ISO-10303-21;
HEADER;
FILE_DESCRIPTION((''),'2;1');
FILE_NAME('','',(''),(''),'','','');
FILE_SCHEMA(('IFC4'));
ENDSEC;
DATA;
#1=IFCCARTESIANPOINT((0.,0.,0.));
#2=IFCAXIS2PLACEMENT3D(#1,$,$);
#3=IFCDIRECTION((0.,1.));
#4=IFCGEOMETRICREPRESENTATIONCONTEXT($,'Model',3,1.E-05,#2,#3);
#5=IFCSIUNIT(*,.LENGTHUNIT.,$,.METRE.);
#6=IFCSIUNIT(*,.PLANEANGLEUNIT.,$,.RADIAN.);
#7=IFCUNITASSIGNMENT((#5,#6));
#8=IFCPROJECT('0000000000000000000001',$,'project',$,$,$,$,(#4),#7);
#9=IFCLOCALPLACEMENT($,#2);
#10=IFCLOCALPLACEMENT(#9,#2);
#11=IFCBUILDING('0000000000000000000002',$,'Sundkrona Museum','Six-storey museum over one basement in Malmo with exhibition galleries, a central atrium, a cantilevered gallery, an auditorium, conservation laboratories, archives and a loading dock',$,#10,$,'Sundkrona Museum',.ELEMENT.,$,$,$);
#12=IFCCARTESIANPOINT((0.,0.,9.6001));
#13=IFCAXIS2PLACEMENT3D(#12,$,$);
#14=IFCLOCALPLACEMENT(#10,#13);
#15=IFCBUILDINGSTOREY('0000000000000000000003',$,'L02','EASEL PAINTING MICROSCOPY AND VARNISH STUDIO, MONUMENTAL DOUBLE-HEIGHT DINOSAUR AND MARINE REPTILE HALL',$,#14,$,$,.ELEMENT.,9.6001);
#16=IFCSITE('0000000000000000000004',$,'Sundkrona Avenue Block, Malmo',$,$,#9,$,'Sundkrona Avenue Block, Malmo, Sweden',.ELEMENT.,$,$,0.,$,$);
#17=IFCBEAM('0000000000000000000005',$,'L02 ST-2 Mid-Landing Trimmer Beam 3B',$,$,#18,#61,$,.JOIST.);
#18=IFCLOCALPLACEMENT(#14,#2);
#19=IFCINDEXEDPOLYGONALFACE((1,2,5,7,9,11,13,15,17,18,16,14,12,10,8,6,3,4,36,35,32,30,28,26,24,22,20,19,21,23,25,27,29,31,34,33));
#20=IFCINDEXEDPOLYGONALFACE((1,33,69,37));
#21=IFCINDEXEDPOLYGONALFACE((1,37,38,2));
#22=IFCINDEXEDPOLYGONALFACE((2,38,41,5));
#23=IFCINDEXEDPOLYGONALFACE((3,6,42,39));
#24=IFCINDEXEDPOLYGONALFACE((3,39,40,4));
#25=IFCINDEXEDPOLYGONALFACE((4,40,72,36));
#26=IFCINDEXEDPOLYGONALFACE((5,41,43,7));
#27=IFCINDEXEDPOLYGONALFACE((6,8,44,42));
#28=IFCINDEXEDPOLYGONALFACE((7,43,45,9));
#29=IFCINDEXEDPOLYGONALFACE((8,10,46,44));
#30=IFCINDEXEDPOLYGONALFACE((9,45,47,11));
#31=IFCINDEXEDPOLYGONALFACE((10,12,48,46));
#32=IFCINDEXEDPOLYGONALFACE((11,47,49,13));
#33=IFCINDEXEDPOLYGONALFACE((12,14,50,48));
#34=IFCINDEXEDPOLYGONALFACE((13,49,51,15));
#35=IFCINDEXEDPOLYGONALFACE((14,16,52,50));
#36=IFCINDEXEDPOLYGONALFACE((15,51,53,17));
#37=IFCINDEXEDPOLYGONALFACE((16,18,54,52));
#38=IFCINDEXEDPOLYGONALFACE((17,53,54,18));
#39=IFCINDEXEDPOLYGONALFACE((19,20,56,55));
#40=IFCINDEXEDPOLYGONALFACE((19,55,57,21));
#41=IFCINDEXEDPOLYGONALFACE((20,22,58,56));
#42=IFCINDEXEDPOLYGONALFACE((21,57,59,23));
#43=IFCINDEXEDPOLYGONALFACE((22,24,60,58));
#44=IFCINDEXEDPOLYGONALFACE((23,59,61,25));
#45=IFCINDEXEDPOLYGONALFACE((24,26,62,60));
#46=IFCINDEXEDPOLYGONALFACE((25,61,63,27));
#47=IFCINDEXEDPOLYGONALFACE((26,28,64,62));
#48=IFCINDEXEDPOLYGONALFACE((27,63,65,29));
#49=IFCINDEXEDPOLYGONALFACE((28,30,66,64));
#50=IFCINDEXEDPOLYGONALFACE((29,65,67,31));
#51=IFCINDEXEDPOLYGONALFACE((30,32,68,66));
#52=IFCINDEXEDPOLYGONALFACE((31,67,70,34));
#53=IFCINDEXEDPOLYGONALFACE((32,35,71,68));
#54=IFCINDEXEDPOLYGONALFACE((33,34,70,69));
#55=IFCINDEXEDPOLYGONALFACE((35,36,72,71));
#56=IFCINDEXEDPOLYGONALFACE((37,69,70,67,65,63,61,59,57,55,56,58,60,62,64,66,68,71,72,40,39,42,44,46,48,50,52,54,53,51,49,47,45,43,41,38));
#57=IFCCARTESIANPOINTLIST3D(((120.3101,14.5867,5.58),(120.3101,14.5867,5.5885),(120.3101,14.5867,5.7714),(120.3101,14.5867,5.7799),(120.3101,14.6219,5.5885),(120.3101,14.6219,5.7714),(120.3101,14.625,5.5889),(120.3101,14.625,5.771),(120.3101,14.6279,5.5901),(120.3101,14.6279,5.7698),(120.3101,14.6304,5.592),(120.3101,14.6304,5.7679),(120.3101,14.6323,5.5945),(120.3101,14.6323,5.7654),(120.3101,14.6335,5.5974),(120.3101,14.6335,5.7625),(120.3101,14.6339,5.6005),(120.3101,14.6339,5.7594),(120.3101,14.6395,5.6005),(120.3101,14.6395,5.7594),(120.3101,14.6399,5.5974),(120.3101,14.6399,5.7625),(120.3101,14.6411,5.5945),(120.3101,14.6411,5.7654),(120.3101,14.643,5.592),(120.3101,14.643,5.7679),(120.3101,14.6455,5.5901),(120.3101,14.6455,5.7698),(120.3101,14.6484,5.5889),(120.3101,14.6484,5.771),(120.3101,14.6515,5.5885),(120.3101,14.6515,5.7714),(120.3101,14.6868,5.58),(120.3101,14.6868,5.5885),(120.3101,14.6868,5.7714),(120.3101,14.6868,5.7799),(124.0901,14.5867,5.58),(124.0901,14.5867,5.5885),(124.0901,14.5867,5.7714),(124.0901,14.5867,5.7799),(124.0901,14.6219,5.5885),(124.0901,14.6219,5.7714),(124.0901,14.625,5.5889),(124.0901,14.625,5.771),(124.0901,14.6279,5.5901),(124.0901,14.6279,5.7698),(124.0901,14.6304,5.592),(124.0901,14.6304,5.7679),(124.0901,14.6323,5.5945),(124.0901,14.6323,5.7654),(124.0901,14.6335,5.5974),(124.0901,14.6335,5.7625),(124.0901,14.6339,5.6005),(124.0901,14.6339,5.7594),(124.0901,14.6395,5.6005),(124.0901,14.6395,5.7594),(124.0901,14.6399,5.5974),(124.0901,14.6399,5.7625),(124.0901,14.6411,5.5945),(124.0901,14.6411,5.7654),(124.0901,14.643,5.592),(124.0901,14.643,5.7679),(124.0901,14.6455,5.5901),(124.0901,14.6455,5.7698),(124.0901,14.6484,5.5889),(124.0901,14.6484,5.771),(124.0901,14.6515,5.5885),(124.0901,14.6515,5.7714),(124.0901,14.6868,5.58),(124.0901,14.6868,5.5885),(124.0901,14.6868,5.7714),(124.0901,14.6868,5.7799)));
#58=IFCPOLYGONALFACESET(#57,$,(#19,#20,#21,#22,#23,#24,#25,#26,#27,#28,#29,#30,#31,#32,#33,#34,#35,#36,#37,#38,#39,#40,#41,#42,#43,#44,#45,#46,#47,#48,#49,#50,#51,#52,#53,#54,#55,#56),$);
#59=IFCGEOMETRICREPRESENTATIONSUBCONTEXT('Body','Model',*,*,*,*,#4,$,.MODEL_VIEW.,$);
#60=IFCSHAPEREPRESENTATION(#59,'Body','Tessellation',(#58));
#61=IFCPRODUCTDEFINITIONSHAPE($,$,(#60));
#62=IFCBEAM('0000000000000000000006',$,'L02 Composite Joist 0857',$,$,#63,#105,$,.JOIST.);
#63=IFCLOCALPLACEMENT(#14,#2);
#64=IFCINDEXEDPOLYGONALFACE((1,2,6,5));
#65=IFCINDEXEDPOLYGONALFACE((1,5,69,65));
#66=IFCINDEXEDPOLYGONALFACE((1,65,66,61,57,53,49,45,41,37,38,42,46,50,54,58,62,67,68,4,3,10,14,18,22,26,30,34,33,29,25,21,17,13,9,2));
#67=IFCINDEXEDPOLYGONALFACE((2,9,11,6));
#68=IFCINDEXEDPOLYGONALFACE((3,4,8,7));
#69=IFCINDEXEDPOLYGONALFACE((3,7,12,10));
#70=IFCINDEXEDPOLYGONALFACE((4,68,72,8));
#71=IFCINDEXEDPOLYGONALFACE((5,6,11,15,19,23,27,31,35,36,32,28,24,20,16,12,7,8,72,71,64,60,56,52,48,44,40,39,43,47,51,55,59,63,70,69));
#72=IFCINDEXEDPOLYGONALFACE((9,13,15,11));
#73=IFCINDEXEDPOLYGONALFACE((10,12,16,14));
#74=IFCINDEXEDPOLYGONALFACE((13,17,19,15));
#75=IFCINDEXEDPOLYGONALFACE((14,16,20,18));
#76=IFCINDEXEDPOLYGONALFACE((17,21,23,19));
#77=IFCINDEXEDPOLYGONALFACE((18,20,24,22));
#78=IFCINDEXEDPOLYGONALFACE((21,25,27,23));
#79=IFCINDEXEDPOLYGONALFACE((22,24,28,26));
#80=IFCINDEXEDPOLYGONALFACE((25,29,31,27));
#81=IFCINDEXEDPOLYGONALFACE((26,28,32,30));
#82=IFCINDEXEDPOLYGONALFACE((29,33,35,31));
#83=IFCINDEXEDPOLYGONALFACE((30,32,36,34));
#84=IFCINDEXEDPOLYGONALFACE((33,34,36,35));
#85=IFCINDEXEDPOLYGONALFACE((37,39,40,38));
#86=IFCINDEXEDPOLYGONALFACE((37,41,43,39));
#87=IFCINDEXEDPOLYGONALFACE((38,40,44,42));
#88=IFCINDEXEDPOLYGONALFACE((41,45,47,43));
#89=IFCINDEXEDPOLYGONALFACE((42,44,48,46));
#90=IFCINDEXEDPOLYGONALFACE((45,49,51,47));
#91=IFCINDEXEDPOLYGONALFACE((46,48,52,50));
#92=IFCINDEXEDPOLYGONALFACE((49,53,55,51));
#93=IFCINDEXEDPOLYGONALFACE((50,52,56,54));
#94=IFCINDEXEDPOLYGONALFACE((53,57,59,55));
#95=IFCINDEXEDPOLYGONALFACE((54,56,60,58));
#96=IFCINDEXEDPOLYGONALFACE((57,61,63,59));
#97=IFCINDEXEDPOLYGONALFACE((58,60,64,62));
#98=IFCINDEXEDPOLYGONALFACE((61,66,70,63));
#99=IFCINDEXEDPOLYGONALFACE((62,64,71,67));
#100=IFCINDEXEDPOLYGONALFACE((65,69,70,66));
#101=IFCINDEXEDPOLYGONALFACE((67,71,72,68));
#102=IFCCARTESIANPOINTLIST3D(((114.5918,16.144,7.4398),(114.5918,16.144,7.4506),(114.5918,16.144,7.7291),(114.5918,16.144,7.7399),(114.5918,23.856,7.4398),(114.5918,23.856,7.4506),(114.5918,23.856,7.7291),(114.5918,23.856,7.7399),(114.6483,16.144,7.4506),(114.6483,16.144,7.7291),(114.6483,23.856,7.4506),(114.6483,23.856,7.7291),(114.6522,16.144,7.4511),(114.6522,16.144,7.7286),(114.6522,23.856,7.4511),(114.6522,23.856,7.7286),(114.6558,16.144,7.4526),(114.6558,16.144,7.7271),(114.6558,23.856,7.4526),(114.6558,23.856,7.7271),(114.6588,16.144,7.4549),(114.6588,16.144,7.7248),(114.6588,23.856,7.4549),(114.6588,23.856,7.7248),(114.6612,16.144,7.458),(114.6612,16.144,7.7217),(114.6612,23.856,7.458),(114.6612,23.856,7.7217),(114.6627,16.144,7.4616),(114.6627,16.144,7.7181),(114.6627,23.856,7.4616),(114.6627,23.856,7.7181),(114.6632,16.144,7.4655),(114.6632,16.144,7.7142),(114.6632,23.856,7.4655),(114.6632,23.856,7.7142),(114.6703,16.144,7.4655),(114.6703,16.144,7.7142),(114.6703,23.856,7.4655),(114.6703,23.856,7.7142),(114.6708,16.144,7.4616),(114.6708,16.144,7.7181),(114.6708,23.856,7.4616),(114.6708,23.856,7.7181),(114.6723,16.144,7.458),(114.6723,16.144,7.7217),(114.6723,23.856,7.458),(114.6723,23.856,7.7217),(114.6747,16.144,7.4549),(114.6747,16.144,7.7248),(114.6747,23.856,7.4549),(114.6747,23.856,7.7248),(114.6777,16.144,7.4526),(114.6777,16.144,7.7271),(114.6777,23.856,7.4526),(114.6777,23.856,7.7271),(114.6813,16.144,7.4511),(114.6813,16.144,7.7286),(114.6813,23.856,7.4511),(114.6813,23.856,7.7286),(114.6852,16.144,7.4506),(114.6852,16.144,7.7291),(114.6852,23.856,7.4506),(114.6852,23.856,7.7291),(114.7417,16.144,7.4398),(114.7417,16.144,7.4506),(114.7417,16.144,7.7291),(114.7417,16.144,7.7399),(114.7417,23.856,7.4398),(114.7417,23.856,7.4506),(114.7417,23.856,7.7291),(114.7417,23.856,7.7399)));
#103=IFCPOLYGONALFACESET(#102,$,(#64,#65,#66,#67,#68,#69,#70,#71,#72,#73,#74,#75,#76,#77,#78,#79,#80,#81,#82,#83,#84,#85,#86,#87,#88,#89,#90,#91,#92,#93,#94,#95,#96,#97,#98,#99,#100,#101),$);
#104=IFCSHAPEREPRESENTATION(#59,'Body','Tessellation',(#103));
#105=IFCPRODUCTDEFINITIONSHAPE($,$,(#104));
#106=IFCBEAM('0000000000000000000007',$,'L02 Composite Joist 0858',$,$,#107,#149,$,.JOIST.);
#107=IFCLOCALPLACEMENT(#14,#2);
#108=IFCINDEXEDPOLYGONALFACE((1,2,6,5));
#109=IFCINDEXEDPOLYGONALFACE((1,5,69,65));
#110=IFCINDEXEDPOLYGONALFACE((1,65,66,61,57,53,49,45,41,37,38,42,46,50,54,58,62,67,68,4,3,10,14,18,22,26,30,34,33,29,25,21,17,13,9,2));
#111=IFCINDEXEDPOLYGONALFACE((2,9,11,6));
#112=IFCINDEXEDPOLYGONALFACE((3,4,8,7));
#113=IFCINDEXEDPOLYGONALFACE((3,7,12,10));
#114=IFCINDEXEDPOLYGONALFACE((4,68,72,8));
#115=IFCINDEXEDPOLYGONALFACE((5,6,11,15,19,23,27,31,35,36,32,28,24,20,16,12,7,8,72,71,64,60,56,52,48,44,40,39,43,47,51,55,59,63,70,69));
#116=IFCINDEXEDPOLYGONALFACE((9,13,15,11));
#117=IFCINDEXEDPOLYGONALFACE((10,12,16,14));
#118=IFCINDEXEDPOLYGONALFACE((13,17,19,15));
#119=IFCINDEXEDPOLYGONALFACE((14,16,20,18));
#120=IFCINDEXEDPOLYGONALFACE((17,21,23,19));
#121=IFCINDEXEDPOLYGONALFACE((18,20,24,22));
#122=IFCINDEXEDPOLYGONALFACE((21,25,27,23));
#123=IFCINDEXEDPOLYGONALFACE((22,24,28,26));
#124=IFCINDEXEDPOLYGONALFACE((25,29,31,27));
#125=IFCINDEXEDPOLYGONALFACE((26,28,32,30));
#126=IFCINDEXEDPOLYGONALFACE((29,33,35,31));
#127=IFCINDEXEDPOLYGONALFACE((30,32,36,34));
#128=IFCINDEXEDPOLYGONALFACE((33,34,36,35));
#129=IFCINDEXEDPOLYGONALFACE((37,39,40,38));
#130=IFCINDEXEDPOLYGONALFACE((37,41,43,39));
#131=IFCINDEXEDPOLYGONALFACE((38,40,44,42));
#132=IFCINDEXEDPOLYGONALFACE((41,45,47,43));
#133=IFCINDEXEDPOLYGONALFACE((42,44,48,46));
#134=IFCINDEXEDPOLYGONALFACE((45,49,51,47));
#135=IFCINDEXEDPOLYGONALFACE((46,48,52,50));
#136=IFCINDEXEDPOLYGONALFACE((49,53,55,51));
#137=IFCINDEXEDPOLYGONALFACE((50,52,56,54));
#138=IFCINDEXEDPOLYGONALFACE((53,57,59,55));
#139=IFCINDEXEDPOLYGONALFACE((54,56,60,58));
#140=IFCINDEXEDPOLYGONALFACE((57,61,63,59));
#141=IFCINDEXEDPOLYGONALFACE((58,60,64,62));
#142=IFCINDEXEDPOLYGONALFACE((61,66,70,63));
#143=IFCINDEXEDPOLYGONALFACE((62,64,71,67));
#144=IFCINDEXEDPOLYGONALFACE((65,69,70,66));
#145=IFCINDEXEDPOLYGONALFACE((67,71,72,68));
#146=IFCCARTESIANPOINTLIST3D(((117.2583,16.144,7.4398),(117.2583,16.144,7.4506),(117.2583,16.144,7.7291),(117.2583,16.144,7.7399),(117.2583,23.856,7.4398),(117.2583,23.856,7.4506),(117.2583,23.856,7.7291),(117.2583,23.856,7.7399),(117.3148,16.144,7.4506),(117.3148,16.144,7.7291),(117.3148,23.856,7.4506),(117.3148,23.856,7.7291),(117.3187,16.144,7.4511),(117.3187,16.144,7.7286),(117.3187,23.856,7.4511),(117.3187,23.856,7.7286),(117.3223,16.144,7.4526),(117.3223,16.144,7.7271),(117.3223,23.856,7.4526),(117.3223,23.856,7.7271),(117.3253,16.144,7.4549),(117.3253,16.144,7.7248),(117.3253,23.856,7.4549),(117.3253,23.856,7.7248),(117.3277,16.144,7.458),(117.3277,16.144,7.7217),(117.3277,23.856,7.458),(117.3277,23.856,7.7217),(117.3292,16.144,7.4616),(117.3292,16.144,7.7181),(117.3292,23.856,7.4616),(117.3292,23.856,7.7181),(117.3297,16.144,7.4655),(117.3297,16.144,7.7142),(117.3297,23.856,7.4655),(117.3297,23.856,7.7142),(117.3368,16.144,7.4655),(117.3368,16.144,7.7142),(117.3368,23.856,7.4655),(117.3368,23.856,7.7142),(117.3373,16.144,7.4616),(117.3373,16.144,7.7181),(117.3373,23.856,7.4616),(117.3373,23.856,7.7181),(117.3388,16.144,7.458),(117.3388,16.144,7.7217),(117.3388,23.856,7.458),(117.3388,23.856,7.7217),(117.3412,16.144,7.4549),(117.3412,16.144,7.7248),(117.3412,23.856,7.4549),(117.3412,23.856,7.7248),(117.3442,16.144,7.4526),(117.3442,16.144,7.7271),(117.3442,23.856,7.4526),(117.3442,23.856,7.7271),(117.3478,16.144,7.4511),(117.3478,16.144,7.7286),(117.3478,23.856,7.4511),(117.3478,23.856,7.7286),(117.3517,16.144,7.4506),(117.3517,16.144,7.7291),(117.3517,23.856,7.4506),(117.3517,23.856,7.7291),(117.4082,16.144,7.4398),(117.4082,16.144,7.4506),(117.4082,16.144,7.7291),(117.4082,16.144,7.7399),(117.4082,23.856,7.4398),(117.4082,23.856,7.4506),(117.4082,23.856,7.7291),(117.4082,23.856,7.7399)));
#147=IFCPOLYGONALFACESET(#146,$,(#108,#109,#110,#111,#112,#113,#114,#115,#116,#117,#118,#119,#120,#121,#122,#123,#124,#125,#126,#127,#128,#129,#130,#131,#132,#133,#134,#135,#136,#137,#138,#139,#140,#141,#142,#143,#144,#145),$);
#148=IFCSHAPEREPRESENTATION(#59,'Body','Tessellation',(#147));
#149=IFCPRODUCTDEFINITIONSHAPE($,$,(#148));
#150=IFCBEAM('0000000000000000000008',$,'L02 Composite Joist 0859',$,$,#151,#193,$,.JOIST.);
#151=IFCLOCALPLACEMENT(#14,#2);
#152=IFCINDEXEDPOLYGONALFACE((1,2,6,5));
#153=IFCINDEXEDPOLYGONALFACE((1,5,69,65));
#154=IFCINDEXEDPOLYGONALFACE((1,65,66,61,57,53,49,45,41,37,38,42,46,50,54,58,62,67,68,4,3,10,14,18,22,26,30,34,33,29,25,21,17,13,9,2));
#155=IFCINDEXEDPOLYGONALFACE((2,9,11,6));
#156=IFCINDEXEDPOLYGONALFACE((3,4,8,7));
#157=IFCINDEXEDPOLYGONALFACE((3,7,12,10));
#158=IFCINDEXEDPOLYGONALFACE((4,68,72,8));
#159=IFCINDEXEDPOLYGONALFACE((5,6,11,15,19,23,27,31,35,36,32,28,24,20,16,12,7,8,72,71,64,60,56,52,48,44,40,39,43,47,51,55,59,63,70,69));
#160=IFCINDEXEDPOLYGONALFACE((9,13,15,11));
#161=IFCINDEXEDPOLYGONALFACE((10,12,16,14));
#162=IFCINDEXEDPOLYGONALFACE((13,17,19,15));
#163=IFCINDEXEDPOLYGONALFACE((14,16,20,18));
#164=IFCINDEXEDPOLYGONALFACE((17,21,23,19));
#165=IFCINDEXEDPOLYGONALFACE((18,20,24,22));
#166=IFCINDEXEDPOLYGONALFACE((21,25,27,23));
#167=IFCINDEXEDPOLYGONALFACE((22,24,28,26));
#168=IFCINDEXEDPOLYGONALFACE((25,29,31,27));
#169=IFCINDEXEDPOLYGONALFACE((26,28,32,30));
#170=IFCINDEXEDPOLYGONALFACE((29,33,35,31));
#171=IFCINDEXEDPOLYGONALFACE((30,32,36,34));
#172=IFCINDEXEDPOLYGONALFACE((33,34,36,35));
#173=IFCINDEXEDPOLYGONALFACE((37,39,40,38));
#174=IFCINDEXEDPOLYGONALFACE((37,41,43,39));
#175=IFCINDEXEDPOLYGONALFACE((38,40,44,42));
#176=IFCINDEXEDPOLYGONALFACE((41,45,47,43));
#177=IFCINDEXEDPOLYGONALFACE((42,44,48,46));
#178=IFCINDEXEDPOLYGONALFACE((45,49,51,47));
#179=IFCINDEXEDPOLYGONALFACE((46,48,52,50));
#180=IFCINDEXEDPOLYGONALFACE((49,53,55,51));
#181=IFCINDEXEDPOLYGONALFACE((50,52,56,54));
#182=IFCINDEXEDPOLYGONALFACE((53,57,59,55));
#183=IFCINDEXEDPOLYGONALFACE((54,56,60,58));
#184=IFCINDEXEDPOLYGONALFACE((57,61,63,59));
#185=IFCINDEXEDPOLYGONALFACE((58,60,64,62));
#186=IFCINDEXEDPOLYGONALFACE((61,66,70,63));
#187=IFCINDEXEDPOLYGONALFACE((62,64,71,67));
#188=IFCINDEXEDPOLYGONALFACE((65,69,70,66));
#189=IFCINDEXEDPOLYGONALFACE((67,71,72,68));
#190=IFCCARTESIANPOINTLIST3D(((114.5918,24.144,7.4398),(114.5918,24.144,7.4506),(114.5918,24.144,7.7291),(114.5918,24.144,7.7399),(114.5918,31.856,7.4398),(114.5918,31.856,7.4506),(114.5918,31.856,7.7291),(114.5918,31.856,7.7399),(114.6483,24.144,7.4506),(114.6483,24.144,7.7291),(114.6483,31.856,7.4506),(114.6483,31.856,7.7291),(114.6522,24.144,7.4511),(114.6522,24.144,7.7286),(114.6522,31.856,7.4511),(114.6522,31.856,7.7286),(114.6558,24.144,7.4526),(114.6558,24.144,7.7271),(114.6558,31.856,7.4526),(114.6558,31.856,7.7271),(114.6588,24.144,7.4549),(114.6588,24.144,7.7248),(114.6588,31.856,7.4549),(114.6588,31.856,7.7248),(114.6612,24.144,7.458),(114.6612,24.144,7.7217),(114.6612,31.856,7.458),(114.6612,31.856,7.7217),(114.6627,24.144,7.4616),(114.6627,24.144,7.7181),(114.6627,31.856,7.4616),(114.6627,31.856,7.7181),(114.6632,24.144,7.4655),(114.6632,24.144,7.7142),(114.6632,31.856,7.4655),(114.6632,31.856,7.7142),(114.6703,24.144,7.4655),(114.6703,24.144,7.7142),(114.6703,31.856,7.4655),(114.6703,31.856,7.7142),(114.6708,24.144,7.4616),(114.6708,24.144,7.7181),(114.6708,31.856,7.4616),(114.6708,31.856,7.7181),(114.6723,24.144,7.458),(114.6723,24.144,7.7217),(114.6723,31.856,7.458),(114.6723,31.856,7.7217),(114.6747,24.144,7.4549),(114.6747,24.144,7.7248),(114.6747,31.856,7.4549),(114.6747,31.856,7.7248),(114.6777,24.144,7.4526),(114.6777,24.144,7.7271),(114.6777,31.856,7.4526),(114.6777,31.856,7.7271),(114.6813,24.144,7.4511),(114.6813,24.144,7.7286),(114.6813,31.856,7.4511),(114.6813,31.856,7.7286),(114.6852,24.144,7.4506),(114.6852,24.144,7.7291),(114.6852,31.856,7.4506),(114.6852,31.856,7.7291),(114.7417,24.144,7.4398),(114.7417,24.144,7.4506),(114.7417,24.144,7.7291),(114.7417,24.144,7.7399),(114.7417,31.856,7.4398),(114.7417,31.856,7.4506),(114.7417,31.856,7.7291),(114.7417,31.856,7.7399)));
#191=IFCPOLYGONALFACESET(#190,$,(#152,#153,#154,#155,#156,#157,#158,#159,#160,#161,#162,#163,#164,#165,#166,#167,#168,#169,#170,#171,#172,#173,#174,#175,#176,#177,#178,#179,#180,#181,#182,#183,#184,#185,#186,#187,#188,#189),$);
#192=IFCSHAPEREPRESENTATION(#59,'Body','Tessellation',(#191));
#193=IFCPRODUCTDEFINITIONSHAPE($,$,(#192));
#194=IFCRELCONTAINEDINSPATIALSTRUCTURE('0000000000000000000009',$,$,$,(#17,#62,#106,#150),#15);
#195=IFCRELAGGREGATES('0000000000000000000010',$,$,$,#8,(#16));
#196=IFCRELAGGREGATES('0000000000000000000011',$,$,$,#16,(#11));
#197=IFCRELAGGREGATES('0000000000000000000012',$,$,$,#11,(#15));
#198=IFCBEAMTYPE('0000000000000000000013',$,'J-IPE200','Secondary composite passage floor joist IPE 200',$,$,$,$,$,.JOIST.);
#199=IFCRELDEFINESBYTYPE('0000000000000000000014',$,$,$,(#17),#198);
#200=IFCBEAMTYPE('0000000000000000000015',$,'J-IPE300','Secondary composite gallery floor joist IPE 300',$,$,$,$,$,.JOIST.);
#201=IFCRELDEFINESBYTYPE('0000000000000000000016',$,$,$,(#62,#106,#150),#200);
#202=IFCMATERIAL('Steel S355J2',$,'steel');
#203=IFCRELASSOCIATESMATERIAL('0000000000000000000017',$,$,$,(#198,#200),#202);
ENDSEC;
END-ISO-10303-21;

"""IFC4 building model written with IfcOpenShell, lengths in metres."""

from ifc_helpers import new_model, si_unit, direction, frame, origin, origin_2d, place, context, subcontext, project, spatial, i_section, extrude, material, material_profile, profile_set, type_object, element, save


model = new_model("IFC4")

# Units and contexts
model_context = context("Model", 3, precision=1e-05, world=origin(), true_north=direction((0.0, 1.0)))
body_context = subcontext(model_context, "Body", "Model", "MODEL_VIEW")
ifc_project = project(units=[si_unit("LENGTHUNIT", "METRE"), si_unit("PLANEANGLEUNIT", "RADIAN")], contexts=[model_context])

# Site, building, storey
site_placement = place(None, origin())
site = spatial("IfcSite", under=ifc_project, at=site_placement, Name="Sundkrona Avenue Block, Malmo", LongName="Sundkrona Avenue Block, Malmo, Sweden", CompositionType="ELEMENT", RefElevation=0.0)
building_placement = place(site_placement, origin())
building = spatial("IfcBuilding", under=site, at=building_placement, Name="Sundkrona Museum", Description="Six-storey museum over one basement in Malmo with exhibition galleries, a central atrium, a cantilevered gallery, an auditorium, conservation laboratories, archives and a loading dock", LongName="Sundkrona Museum", CompositionType="ELEMENT")
storey_placement = place(building_placement, frame((0.0, 0.0, 9.6001)))
storey = spatial("IfcBuildingStorey", under=building, at=storey_placement, Name="L02", Description="EASEL PAINTING MICROSCOPY AND VARNISH STUDIO, MONUMENTAL DOUBLE-HEIGHT DINOSAUR AND MARINE REPTILE HALL", CompositionType="ELEMENT", Elevation=9.6001)

# Shared definitions
ifc_material_1 = material(Name="Steel S355J2", Category="steel")

# Beams
ifc_material_profile_1 = material_profile(ifc_material_1, i_section(OverallWidth=0.1001, OverallDepth=0.2, WebThickness=0.0056, FlangeThickness=0.0085, FilletRadius=0.012, at=origin_2d()), Name="IPE 200")
ifc_profile_set_1 = profile_set([ifc_material_profile_1], Name="Steel S355J2")
beam_type_1 = type_object("IfcBeamType", Name="J-IPE200", Description="Secondary composite passage floor joist IPE 200", PredefinedType="JOIST", material=ifc_profile_set_1)
for number, where, z_axis, x_axis, name in (
    (1, (120.3101, 14.6367, 5.6799), (1.0, 0.0, 0.0), (0.0, 1.0, 0.0), "L02 ST-2 Mid-Landing Trimmer Beam 3B"),
):
    element("IfcBeam", number, at=place(storey_placement, frame(where, z_axis=z_axis, x_axis=x_axis)), inside=storey, type_object=beam_type_1, Name=name, PredefinedType="JOIST", context=body_context, shape_type="SweptSolid", body=[
        extrude(i_section(OverallWidth=0.1001, OverallDepth=0.2, WebThickness=0.0056, FlangeThickness=0.0085, FilletRadius=0.012, at=origin_2d()), origin(), (0.0, 0.0, 1.0), 3.78),
    ])
ifc_material_profile_2 = material_profile(ifc_material_1, i_section(OverallWidth=0.1499, OverallDepth=0.3, WebThickness=0.0071, FlangeThickness=0.0107, FilletRadius=0.0149, at=origin_2d()), Name="IPE 300")
ifc_profile_set_2 = profile_set([ifc_material_profile_2], Name="Steel S355J2")
beam_type_2 = type_object("IfcBeamType", Name="J-IPE300", Description="Secondary composite gallery floor joist IPE 300", PredefinedType="JOIST", material=ifc_profile_set_2)
for number, where, z_axis, x_axis, name in (
    (2, (114.6667, 16.144, 7.5898), (0.0, 1.0, 0.0), (-1.0, 0.0, 0.0), "L02 Composite Joist 0857"),
    (3, (117.3333, 16.144, 7.5898), (0.0, 1.0, 0.0), (-1.0, 0.0, 0.0), "L02 Composite Joist 0858"),
    (4, (114.6667, 24.144, 7.5898), (0.0, 1.0, 0.0), (-1.0, 0.0, 0.0), "L02 Composite Joist 0859"),
):
    element("IfcBeam", number, at=place(storey_placement, frame(where, z_axis=z_axis, x_axis=x_axis)), inside=storey, type_object=beam_type_2, Name=name, PredefinedType="JOIST", context=body_context, shape_type="SweptSolid", body=[
        extrude(i_section(OverallWidth=0.1499, OverallDepth=0.3, WebThickness=0.0071, FlangeThickness=0.0107, FilletRadius=0.0149, at=origin_2d()), origin(), (0.0, 0.0, 1.0), 7.7119),
    ])

save(model, "model.ifc")
